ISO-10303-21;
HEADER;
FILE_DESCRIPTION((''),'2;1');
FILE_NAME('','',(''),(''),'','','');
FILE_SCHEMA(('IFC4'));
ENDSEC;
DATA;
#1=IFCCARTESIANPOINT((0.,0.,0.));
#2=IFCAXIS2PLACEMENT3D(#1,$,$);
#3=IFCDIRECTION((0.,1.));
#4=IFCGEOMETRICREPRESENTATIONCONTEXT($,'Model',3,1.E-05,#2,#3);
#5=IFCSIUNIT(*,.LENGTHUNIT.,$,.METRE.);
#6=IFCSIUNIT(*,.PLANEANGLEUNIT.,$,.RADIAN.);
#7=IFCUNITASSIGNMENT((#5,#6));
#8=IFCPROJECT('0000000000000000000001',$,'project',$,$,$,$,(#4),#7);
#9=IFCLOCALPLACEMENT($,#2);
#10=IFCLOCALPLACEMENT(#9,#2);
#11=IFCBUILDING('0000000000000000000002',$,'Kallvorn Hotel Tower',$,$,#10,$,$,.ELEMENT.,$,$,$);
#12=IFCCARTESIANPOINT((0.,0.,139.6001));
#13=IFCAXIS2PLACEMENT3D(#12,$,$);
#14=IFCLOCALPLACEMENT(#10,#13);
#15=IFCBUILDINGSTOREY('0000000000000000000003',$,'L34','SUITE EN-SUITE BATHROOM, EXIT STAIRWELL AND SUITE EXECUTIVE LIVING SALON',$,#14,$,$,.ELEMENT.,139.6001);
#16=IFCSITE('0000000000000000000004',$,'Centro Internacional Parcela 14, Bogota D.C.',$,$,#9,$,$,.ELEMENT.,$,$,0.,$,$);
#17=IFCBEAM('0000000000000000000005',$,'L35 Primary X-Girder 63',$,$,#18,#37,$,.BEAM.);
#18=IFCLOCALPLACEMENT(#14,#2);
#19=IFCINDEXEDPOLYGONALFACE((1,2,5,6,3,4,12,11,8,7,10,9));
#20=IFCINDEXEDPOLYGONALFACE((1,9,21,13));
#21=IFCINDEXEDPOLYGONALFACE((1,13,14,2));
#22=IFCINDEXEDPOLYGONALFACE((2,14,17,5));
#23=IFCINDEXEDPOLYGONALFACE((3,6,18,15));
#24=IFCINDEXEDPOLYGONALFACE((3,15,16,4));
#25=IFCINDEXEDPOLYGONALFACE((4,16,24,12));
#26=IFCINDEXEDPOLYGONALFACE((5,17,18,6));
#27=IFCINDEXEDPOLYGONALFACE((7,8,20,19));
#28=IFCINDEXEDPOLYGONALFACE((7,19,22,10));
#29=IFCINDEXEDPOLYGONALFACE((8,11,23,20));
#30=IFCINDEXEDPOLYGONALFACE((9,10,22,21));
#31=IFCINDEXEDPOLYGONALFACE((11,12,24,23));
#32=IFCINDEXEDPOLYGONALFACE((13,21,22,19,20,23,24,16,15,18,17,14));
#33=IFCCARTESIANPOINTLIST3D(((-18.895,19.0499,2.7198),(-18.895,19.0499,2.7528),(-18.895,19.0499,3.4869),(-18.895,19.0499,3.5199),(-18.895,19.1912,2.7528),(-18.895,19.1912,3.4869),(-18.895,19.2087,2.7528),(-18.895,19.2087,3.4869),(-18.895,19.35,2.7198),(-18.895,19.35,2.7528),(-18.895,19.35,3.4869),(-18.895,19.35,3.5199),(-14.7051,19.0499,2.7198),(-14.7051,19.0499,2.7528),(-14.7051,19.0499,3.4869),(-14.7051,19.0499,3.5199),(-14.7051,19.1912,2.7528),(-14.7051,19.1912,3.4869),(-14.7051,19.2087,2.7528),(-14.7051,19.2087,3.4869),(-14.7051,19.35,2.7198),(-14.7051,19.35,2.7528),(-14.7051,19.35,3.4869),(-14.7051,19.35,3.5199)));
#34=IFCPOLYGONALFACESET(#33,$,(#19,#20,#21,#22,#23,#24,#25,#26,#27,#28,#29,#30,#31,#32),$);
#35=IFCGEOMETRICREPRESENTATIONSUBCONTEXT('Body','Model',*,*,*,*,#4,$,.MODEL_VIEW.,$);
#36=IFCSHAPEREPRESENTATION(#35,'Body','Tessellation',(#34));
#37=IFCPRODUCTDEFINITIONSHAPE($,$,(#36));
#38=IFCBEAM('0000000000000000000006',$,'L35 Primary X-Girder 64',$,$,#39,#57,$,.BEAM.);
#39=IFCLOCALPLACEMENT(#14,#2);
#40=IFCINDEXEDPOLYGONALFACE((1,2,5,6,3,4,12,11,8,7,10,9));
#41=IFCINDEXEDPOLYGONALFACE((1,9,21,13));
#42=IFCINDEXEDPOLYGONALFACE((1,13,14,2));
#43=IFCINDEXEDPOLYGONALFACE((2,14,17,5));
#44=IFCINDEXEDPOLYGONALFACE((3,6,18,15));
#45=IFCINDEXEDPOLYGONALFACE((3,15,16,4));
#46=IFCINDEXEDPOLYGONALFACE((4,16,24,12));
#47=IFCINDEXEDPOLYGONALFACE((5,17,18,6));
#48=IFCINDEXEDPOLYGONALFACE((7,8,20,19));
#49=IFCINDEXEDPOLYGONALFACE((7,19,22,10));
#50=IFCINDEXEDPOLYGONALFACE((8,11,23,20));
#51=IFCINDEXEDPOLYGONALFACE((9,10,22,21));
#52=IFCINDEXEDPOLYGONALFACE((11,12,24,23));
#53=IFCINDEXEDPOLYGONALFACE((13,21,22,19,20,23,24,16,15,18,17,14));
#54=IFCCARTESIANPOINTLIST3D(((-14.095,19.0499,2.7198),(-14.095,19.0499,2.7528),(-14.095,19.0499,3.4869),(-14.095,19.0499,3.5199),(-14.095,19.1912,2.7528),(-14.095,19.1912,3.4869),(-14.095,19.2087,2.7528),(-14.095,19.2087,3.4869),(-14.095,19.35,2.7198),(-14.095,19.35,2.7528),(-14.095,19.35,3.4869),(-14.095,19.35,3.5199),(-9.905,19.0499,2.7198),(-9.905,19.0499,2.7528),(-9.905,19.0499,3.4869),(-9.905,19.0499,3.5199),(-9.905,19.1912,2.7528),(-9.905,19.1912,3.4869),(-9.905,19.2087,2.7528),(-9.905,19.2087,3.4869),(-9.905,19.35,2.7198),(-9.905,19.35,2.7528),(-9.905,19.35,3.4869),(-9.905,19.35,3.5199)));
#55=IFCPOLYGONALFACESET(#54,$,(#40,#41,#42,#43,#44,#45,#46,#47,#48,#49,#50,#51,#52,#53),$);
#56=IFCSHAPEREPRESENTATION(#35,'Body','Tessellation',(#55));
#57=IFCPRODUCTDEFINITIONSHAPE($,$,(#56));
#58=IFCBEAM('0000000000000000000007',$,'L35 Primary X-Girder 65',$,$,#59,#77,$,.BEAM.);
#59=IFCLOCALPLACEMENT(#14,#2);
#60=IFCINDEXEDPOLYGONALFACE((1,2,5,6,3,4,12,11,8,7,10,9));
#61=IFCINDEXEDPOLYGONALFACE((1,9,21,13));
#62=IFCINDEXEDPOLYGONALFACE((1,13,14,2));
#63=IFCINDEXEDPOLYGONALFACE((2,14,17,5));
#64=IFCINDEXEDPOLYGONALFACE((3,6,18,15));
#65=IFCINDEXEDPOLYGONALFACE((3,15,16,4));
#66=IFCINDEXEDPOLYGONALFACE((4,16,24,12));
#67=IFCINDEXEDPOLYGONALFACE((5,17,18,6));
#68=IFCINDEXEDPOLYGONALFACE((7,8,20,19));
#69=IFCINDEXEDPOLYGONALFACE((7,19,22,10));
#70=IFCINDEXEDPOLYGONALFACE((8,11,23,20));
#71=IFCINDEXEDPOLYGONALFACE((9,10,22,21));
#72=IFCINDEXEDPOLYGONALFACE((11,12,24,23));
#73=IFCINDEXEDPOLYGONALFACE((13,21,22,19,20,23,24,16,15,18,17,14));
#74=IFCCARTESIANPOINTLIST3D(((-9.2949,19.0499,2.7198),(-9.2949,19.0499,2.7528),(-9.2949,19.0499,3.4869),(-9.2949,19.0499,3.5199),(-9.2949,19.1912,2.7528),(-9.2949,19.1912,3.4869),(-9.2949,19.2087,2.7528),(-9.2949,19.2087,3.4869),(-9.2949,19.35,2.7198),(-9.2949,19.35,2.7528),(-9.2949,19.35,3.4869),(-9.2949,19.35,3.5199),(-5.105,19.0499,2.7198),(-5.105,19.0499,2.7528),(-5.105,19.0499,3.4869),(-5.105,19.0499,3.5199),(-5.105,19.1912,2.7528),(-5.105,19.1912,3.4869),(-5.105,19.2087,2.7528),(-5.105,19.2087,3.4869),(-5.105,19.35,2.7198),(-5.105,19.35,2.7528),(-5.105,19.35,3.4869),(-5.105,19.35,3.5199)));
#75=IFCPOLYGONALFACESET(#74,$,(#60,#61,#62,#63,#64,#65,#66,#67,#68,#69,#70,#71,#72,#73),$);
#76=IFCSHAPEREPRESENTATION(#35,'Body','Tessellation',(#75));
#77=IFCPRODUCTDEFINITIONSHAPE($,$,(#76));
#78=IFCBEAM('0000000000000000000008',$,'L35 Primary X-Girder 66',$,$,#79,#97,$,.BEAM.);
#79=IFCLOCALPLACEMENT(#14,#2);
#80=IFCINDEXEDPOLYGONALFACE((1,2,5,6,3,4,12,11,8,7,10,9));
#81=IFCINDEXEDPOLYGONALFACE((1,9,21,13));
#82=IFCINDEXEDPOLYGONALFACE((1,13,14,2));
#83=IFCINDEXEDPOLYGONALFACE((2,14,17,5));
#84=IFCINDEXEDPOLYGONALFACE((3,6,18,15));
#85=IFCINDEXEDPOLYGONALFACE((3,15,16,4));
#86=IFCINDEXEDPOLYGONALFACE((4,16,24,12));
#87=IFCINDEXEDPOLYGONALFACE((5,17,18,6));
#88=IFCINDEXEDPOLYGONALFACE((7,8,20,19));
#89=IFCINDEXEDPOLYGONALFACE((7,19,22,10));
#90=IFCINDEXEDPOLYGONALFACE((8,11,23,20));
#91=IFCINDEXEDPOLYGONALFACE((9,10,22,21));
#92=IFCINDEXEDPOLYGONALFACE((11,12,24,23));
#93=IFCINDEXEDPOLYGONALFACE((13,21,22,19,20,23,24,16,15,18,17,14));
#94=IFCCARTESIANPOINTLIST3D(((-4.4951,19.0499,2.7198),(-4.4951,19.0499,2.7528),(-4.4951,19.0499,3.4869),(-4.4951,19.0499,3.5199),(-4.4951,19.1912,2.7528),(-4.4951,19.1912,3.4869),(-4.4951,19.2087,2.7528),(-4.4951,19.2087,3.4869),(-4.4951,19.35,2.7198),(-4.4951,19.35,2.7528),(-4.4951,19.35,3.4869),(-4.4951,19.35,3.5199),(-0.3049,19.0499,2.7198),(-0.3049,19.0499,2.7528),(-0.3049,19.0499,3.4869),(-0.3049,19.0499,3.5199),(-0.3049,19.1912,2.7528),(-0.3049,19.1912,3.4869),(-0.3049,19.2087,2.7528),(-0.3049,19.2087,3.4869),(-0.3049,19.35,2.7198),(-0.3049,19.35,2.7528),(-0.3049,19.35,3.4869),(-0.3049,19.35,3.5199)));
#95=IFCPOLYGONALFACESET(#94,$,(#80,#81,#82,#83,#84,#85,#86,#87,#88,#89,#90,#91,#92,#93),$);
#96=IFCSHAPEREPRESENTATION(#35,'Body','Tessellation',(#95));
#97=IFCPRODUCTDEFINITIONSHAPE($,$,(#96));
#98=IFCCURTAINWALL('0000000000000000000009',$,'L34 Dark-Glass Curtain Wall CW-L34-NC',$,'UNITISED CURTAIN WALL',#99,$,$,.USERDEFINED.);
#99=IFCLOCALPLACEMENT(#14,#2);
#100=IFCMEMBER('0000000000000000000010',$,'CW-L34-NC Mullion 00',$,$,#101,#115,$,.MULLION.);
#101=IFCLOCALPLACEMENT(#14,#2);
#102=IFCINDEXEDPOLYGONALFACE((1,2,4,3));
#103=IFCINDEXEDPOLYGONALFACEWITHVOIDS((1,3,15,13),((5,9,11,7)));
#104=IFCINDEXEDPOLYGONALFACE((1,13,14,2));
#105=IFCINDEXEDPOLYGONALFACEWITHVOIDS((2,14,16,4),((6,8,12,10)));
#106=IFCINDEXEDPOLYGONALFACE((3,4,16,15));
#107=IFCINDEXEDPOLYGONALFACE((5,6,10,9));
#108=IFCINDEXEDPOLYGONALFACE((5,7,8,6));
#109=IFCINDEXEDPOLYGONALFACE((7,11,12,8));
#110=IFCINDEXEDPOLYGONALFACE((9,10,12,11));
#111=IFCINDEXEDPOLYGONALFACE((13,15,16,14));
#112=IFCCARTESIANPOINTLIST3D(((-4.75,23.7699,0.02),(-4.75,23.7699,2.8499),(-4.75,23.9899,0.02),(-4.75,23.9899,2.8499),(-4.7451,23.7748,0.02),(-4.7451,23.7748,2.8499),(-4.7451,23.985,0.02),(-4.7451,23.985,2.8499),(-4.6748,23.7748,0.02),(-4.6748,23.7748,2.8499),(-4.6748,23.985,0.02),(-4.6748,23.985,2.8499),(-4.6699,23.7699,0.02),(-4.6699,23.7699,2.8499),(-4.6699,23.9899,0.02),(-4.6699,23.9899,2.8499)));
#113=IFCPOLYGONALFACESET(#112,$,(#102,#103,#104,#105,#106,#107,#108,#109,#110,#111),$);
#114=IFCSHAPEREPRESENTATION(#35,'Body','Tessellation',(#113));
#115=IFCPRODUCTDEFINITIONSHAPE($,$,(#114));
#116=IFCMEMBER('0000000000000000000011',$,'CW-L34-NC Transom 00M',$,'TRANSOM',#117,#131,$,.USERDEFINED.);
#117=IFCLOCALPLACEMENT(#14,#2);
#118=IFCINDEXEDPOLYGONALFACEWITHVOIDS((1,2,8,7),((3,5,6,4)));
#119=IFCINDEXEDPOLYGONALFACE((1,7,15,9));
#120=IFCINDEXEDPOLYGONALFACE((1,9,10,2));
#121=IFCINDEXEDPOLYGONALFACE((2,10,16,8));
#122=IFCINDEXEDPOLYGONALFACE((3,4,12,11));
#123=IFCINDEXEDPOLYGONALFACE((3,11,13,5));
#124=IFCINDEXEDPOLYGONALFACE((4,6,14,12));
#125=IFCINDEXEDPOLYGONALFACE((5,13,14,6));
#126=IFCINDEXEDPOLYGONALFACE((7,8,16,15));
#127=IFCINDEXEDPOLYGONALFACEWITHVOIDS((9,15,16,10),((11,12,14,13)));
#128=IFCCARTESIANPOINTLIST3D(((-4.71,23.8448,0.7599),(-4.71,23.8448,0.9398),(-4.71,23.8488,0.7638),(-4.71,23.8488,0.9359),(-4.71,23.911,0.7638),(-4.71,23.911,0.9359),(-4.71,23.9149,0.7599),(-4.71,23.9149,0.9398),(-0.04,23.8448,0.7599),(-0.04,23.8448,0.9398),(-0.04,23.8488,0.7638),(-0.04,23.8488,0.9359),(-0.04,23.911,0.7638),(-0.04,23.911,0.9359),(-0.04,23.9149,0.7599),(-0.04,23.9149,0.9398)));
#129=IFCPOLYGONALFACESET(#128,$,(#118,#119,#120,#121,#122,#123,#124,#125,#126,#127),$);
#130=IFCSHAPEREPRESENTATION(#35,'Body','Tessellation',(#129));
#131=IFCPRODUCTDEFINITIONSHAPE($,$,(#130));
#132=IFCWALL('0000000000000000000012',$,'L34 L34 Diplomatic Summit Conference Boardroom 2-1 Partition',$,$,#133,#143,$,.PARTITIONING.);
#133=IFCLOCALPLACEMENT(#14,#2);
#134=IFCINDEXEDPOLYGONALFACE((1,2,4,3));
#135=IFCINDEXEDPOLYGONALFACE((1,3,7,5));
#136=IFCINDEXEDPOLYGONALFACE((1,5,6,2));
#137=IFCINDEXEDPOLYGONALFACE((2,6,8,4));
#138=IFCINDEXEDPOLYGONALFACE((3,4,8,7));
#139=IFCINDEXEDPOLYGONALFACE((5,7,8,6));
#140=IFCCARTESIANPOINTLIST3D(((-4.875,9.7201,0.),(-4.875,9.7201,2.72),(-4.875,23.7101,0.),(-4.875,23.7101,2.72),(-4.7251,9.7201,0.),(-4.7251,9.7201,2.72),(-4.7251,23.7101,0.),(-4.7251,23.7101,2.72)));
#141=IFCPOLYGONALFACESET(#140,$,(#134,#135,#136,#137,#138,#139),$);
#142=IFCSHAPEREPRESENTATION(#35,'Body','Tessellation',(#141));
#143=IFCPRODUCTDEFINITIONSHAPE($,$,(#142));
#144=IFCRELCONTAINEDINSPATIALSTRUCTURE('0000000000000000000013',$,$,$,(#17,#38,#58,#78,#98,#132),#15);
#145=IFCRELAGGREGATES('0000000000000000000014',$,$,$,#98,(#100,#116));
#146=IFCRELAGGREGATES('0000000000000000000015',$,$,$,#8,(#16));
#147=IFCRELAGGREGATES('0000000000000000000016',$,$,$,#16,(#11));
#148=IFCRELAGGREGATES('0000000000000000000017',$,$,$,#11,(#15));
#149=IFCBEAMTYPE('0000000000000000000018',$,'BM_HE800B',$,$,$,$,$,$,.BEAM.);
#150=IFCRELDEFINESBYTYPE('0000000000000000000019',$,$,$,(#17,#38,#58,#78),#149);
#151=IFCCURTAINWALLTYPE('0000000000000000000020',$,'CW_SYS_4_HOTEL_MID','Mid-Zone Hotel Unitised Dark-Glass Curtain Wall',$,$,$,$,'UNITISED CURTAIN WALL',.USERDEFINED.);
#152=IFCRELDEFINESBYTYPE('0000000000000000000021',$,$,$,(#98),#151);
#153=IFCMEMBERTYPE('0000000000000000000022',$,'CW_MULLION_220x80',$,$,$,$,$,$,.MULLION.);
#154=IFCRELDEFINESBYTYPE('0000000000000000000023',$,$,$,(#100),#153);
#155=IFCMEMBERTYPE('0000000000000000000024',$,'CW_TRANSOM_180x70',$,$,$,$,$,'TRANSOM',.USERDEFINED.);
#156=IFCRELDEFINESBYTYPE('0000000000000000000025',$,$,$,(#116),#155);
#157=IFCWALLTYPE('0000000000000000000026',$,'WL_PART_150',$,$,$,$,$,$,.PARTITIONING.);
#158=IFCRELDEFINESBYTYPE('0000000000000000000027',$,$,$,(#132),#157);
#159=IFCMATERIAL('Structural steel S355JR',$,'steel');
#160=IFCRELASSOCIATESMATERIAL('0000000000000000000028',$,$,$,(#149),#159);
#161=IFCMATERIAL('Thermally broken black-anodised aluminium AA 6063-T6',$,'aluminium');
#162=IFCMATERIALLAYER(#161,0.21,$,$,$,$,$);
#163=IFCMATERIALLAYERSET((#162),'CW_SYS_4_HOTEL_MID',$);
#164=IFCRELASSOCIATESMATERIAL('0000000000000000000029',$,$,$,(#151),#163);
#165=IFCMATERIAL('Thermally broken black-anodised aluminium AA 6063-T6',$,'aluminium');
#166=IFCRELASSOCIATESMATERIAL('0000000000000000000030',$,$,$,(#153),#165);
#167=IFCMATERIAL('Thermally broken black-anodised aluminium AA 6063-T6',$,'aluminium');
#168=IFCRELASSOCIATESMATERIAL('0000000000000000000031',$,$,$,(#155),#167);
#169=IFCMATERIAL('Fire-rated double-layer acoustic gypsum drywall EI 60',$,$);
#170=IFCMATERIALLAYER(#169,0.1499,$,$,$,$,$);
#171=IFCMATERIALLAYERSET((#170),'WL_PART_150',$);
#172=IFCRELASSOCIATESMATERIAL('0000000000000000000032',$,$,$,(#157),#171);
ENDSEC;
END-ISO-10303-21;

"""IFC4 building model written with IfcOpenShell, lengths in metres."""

from ifc_helpers import new_model, si_unit, direction, frame, frame_2d, origin, origin_2d, place, context, subcontext, project, spatial, rectangle, hollow_rectangle, i_section, extrude, material, layer, layer_set, material_profile, profile_set, type_object, element, aggregate, save


model = new_model("IFC4")

# Units and contexts
model_context = context("Model", 3, precision=1e-05, world=origin(), true_north=direction((0.0, 1.0)))
body_context = subcontext(model_context, "Body", "Model", "MODEL_VIEW")
ifc_project = project(units=[si_unit("LENGTHUNIT", "METRE"), si_unit("PLANEANGLEUNIT", "RADIAN")], contexts=[model_context])

# Site, building, storey
site_placement = place(None, origin())
site = spatial("IfcSite", under=ifc_project, at=site_placement, Name="Centro Internacional Parcela 14, Bogota D.C.", CompositionType="ELEMENT", RefElevation=0.0)
building_placement = place(site_placement, origin())
building = spatial("IfcBuilding", under=site, at=building_placement, Name="Kallvorn Hotel Tower", CompositionType="ELEMENT")
storey_placement = place(building_placement, frame((0.0, 0.0, 139.6001)))
storey = spatial("IfcBuildingStorey", under=building, at=storey_placement, Name="L34", Description="SUITE EN-SUITE BATHROOM, EXIT STAIRWELL AND SUITE EXECUTIVE LIVING SALON", CompositionType="ELEMENT", Elevation=139.6001)

# Beams
ifc_material_1 = material(Name="Structural steel S355JR", Category="steel")
ifc_material_profile_1 = material_profile(ifc_material_1, i_section(OverallWidth=0.3, OverallDepth=0.8, WebThickness=0.0176, FlangeThickness=0.033, at=origin_2d()), Name="HE 800 B")
ifc_profile_set_1 = profile_set([ifc_material_profile_1], Name="Structural steel S355JR")
beam_type_1 = type_object("IfcBeamType", Name="BM_HE800B", PredefinedType="BEAM", material=ifc_profile_set_1)
for number, where, z_axis, x_axis, name in (
    (1, (-18.895, 19.2, 3.1199), (1.0, 0.0, 0.0), (0.0, 1.0, 0.0), "L35 Primary X-Girder 63"),
    (2, (-14.095, 19.2, 3.1199), (1.0, 0.0, 0.0), (0.0, 1.0, 0.0), "L35 Primary X-Girder 64"),
    (3, (-9.2949, 19.2, 3.1199), (1.0, 0.0, 0.0), (0.0, 1.0, 0.0), "L35 Primary X-Girder 65"),
):
    element("IfcBeam", number, at=place(storey_placement, frame(where, z_axis=z_axis, x_axis=x_axis)), inside=storey, type_object=beam_type_1, Name=name, PredefinedType="BEAM", context=body_context, shape_type="SweptSolid", body=[
        extrude(i_section(OverallWidth=0.3, OverallDepth=0.8, WebThickness=0.0176, FlangeThickness=0.033, at=origin_2d()), origin(), (0.0, 0.0, 1.0), 4.1899),
    ])
beam_1_placement = place(storey_placement, frame((-4.4951, 19.2, 3.1199), z_axis=(1.0, 0.0, 0.0), x_axis=(0.0, 1.0, 0.0)))
element("IfcBeam", 4, at=beam_1_placement, inside=storey, type_object=beam_type_1, Name="L35 Primary X-Girder 66", PredefinedType="BEAM", context=body_context, shape_type="SweptSolid", body=[
    extrude(i_section(OverallWidth=0.3, OverallDepth=0.8, WebThickness=0.0176, FlangeThickness=0.033, at=origin_2d()), origin(), (0.0, 0.0, 1.0), 4.1902),
])

# Curtain wall, members
ifc_material_2 = material(Name="Thermally broken black-anodised aluminium AA 6063-T6", Category="aluminium")
ifc_layer_1 = layer(ifc_material_2, 0.21)
ifc_layer_set_1 = layer_set([ifc_layer_1], Name="CW_SYS_4_HOTEL_MID")
curtain_wall_type = type_object("IfcCurtainWallType", Name="CW_SYS_4_HOTEL_MID", Description="Mid-Zone Hotel Unitised Dark-Glass Curtain Wall", ElementType="UNITISED CURTAIN WALL", PredefinedType="USERDEFINED", material=ifc_layer_set_1)
curtain_wall_placement = place(storey_placement, origin())
curtain_wall = element("IfcCurtainWall", 5, at=curtain_wall_placement, inside=storey, type_object=curtain_wall_type, Name="L34 Dark-Glass Curtain Wall CW-L34-NC", ObjectType="UNITISED CURTAIN WALL", PredefinedType="USERDEFINED")
ifc_material_3 = material(Name="Thermally broken black-anodised aluminium AA 6063-T6", Category="aluminium")
ifc_material_profile_2 = material_profile(ifc_material_3, hollow_rectangle(XDim=0.0801, YDim=0.22, WallThickness=0.0049, at=origin_2d()), Name="MUL 220x80")
ifc_profile_set_2 = profile_set([ifc_material_profile_2], Name="Thermally broken black-anodised aluminium AA 6063-T6")
member_type_1 = type_object("IfcMemberType", Name="CW_MULLION_220x80", PredefinedType="MULLION", material=ifc_profile_set_2)
member_1_placement = place(storey_placement, frame((-4.71, 23.8799, 0.02), z_axis=(0.0, 0.0, 1.0), x_axis=(1.0, 0.0, 0.0)))
member_1 = element("IfcMember", 6, at=member_1_placement, type_object=member_type_1, Name="CW-L34-NC Mullion 00", PredefinedType="MULLION", context=body_context, shape_type="SweptSolid", body=[
    extrude(hollow_rectangle(XDim=0.0801, YDim=0.22, WallThickness=0.0049, at=origin_2d()), origin(), (0.0, 0.0, 1.0), 2.8298),
])
ifc_material_4 = material(Name="Thermally broken black-anodised aluminium AA 6063-T6", Category="aluminium")
ifc_material_profile_3 = material_profile(ifc_material_4, hollow_rectangle(XDim=0.0701, YDim=0.1799, WallThickness=0.0039, at=origin_2d()), Name="TRN 180x70")
ifc_profile_set_3 = profile_set([ifc_material_profile_3], Name="Thermally broken black-anodised aluminium AA 6063-T6")
member_type_2 = type_object("IfcMemberType", Name="CW_TRANSOM_180x70", ElementType="TRANSOM", PredefinedType="USERDEFINED", material=ifc_profile_set_3)
member_2_placement = place(storey_placement, frame((-4.71, 23.8799, 0.8499), z_axis=(1.0, 0.0, 0.0), x_axis=(0.0, 1.0, 0.0)))
member_2 = element("IfcMember", 7, at=member_2_placement, type_object=member_type_2, Name="CW-L34-NC Transom 00M", ObjectType="TRANSOM", PredefinedType="USERDEFINED", context=body_context, shape_type="SweptSolid", body=[
    extrude(hollow_rectangle(XDim=0.0701, YDim=0.1799, WallThickness=0.0039, at=origin_2d()), origin(), (0.0, 0.0, 1.0), 4.6699),
])
aggregate(curtain_wall, [member_1, member_2])

# Wall
ifc_material_5 = material(Name="Fire-rated double-layer acoustic gypsum drywall EI 60")
ifc_layer_2 = layer(ifc_material_5, 0.1499)
ifc_layer_set_2 = layer_set([ifc_layer_2], Name="WL_PART_150")
wall_type = type_object("IfcWallType", Name="WL_PART_150", PredefinedType="PARTITIONING", material=ifc_layer_set_2)
wall_placement = place(storey_placement, frame((-4.8, 9.72, 0.0), z_axis=(0.0, 0.0, 1.0), x_axis=(0.0, 1.0, 0.0)))
element("IfcWall", 8, at=wall_placement, inside=storey, type_object=wall_type, Name="L34 L34 Diplomatic Summit Conference Boardroom 2-1 Partition", PredefinedType="PARTITIONING", context=body_context, shape_type="SweptSolid", body=[
    extrude(rectangle(XDim=13.99, YDim=0.1499, at=frame_2d((6.9951, 0.0))), origin(), (0.0, 0.0, 1.0), 2.72),
])

save(model, "model.ifc")
